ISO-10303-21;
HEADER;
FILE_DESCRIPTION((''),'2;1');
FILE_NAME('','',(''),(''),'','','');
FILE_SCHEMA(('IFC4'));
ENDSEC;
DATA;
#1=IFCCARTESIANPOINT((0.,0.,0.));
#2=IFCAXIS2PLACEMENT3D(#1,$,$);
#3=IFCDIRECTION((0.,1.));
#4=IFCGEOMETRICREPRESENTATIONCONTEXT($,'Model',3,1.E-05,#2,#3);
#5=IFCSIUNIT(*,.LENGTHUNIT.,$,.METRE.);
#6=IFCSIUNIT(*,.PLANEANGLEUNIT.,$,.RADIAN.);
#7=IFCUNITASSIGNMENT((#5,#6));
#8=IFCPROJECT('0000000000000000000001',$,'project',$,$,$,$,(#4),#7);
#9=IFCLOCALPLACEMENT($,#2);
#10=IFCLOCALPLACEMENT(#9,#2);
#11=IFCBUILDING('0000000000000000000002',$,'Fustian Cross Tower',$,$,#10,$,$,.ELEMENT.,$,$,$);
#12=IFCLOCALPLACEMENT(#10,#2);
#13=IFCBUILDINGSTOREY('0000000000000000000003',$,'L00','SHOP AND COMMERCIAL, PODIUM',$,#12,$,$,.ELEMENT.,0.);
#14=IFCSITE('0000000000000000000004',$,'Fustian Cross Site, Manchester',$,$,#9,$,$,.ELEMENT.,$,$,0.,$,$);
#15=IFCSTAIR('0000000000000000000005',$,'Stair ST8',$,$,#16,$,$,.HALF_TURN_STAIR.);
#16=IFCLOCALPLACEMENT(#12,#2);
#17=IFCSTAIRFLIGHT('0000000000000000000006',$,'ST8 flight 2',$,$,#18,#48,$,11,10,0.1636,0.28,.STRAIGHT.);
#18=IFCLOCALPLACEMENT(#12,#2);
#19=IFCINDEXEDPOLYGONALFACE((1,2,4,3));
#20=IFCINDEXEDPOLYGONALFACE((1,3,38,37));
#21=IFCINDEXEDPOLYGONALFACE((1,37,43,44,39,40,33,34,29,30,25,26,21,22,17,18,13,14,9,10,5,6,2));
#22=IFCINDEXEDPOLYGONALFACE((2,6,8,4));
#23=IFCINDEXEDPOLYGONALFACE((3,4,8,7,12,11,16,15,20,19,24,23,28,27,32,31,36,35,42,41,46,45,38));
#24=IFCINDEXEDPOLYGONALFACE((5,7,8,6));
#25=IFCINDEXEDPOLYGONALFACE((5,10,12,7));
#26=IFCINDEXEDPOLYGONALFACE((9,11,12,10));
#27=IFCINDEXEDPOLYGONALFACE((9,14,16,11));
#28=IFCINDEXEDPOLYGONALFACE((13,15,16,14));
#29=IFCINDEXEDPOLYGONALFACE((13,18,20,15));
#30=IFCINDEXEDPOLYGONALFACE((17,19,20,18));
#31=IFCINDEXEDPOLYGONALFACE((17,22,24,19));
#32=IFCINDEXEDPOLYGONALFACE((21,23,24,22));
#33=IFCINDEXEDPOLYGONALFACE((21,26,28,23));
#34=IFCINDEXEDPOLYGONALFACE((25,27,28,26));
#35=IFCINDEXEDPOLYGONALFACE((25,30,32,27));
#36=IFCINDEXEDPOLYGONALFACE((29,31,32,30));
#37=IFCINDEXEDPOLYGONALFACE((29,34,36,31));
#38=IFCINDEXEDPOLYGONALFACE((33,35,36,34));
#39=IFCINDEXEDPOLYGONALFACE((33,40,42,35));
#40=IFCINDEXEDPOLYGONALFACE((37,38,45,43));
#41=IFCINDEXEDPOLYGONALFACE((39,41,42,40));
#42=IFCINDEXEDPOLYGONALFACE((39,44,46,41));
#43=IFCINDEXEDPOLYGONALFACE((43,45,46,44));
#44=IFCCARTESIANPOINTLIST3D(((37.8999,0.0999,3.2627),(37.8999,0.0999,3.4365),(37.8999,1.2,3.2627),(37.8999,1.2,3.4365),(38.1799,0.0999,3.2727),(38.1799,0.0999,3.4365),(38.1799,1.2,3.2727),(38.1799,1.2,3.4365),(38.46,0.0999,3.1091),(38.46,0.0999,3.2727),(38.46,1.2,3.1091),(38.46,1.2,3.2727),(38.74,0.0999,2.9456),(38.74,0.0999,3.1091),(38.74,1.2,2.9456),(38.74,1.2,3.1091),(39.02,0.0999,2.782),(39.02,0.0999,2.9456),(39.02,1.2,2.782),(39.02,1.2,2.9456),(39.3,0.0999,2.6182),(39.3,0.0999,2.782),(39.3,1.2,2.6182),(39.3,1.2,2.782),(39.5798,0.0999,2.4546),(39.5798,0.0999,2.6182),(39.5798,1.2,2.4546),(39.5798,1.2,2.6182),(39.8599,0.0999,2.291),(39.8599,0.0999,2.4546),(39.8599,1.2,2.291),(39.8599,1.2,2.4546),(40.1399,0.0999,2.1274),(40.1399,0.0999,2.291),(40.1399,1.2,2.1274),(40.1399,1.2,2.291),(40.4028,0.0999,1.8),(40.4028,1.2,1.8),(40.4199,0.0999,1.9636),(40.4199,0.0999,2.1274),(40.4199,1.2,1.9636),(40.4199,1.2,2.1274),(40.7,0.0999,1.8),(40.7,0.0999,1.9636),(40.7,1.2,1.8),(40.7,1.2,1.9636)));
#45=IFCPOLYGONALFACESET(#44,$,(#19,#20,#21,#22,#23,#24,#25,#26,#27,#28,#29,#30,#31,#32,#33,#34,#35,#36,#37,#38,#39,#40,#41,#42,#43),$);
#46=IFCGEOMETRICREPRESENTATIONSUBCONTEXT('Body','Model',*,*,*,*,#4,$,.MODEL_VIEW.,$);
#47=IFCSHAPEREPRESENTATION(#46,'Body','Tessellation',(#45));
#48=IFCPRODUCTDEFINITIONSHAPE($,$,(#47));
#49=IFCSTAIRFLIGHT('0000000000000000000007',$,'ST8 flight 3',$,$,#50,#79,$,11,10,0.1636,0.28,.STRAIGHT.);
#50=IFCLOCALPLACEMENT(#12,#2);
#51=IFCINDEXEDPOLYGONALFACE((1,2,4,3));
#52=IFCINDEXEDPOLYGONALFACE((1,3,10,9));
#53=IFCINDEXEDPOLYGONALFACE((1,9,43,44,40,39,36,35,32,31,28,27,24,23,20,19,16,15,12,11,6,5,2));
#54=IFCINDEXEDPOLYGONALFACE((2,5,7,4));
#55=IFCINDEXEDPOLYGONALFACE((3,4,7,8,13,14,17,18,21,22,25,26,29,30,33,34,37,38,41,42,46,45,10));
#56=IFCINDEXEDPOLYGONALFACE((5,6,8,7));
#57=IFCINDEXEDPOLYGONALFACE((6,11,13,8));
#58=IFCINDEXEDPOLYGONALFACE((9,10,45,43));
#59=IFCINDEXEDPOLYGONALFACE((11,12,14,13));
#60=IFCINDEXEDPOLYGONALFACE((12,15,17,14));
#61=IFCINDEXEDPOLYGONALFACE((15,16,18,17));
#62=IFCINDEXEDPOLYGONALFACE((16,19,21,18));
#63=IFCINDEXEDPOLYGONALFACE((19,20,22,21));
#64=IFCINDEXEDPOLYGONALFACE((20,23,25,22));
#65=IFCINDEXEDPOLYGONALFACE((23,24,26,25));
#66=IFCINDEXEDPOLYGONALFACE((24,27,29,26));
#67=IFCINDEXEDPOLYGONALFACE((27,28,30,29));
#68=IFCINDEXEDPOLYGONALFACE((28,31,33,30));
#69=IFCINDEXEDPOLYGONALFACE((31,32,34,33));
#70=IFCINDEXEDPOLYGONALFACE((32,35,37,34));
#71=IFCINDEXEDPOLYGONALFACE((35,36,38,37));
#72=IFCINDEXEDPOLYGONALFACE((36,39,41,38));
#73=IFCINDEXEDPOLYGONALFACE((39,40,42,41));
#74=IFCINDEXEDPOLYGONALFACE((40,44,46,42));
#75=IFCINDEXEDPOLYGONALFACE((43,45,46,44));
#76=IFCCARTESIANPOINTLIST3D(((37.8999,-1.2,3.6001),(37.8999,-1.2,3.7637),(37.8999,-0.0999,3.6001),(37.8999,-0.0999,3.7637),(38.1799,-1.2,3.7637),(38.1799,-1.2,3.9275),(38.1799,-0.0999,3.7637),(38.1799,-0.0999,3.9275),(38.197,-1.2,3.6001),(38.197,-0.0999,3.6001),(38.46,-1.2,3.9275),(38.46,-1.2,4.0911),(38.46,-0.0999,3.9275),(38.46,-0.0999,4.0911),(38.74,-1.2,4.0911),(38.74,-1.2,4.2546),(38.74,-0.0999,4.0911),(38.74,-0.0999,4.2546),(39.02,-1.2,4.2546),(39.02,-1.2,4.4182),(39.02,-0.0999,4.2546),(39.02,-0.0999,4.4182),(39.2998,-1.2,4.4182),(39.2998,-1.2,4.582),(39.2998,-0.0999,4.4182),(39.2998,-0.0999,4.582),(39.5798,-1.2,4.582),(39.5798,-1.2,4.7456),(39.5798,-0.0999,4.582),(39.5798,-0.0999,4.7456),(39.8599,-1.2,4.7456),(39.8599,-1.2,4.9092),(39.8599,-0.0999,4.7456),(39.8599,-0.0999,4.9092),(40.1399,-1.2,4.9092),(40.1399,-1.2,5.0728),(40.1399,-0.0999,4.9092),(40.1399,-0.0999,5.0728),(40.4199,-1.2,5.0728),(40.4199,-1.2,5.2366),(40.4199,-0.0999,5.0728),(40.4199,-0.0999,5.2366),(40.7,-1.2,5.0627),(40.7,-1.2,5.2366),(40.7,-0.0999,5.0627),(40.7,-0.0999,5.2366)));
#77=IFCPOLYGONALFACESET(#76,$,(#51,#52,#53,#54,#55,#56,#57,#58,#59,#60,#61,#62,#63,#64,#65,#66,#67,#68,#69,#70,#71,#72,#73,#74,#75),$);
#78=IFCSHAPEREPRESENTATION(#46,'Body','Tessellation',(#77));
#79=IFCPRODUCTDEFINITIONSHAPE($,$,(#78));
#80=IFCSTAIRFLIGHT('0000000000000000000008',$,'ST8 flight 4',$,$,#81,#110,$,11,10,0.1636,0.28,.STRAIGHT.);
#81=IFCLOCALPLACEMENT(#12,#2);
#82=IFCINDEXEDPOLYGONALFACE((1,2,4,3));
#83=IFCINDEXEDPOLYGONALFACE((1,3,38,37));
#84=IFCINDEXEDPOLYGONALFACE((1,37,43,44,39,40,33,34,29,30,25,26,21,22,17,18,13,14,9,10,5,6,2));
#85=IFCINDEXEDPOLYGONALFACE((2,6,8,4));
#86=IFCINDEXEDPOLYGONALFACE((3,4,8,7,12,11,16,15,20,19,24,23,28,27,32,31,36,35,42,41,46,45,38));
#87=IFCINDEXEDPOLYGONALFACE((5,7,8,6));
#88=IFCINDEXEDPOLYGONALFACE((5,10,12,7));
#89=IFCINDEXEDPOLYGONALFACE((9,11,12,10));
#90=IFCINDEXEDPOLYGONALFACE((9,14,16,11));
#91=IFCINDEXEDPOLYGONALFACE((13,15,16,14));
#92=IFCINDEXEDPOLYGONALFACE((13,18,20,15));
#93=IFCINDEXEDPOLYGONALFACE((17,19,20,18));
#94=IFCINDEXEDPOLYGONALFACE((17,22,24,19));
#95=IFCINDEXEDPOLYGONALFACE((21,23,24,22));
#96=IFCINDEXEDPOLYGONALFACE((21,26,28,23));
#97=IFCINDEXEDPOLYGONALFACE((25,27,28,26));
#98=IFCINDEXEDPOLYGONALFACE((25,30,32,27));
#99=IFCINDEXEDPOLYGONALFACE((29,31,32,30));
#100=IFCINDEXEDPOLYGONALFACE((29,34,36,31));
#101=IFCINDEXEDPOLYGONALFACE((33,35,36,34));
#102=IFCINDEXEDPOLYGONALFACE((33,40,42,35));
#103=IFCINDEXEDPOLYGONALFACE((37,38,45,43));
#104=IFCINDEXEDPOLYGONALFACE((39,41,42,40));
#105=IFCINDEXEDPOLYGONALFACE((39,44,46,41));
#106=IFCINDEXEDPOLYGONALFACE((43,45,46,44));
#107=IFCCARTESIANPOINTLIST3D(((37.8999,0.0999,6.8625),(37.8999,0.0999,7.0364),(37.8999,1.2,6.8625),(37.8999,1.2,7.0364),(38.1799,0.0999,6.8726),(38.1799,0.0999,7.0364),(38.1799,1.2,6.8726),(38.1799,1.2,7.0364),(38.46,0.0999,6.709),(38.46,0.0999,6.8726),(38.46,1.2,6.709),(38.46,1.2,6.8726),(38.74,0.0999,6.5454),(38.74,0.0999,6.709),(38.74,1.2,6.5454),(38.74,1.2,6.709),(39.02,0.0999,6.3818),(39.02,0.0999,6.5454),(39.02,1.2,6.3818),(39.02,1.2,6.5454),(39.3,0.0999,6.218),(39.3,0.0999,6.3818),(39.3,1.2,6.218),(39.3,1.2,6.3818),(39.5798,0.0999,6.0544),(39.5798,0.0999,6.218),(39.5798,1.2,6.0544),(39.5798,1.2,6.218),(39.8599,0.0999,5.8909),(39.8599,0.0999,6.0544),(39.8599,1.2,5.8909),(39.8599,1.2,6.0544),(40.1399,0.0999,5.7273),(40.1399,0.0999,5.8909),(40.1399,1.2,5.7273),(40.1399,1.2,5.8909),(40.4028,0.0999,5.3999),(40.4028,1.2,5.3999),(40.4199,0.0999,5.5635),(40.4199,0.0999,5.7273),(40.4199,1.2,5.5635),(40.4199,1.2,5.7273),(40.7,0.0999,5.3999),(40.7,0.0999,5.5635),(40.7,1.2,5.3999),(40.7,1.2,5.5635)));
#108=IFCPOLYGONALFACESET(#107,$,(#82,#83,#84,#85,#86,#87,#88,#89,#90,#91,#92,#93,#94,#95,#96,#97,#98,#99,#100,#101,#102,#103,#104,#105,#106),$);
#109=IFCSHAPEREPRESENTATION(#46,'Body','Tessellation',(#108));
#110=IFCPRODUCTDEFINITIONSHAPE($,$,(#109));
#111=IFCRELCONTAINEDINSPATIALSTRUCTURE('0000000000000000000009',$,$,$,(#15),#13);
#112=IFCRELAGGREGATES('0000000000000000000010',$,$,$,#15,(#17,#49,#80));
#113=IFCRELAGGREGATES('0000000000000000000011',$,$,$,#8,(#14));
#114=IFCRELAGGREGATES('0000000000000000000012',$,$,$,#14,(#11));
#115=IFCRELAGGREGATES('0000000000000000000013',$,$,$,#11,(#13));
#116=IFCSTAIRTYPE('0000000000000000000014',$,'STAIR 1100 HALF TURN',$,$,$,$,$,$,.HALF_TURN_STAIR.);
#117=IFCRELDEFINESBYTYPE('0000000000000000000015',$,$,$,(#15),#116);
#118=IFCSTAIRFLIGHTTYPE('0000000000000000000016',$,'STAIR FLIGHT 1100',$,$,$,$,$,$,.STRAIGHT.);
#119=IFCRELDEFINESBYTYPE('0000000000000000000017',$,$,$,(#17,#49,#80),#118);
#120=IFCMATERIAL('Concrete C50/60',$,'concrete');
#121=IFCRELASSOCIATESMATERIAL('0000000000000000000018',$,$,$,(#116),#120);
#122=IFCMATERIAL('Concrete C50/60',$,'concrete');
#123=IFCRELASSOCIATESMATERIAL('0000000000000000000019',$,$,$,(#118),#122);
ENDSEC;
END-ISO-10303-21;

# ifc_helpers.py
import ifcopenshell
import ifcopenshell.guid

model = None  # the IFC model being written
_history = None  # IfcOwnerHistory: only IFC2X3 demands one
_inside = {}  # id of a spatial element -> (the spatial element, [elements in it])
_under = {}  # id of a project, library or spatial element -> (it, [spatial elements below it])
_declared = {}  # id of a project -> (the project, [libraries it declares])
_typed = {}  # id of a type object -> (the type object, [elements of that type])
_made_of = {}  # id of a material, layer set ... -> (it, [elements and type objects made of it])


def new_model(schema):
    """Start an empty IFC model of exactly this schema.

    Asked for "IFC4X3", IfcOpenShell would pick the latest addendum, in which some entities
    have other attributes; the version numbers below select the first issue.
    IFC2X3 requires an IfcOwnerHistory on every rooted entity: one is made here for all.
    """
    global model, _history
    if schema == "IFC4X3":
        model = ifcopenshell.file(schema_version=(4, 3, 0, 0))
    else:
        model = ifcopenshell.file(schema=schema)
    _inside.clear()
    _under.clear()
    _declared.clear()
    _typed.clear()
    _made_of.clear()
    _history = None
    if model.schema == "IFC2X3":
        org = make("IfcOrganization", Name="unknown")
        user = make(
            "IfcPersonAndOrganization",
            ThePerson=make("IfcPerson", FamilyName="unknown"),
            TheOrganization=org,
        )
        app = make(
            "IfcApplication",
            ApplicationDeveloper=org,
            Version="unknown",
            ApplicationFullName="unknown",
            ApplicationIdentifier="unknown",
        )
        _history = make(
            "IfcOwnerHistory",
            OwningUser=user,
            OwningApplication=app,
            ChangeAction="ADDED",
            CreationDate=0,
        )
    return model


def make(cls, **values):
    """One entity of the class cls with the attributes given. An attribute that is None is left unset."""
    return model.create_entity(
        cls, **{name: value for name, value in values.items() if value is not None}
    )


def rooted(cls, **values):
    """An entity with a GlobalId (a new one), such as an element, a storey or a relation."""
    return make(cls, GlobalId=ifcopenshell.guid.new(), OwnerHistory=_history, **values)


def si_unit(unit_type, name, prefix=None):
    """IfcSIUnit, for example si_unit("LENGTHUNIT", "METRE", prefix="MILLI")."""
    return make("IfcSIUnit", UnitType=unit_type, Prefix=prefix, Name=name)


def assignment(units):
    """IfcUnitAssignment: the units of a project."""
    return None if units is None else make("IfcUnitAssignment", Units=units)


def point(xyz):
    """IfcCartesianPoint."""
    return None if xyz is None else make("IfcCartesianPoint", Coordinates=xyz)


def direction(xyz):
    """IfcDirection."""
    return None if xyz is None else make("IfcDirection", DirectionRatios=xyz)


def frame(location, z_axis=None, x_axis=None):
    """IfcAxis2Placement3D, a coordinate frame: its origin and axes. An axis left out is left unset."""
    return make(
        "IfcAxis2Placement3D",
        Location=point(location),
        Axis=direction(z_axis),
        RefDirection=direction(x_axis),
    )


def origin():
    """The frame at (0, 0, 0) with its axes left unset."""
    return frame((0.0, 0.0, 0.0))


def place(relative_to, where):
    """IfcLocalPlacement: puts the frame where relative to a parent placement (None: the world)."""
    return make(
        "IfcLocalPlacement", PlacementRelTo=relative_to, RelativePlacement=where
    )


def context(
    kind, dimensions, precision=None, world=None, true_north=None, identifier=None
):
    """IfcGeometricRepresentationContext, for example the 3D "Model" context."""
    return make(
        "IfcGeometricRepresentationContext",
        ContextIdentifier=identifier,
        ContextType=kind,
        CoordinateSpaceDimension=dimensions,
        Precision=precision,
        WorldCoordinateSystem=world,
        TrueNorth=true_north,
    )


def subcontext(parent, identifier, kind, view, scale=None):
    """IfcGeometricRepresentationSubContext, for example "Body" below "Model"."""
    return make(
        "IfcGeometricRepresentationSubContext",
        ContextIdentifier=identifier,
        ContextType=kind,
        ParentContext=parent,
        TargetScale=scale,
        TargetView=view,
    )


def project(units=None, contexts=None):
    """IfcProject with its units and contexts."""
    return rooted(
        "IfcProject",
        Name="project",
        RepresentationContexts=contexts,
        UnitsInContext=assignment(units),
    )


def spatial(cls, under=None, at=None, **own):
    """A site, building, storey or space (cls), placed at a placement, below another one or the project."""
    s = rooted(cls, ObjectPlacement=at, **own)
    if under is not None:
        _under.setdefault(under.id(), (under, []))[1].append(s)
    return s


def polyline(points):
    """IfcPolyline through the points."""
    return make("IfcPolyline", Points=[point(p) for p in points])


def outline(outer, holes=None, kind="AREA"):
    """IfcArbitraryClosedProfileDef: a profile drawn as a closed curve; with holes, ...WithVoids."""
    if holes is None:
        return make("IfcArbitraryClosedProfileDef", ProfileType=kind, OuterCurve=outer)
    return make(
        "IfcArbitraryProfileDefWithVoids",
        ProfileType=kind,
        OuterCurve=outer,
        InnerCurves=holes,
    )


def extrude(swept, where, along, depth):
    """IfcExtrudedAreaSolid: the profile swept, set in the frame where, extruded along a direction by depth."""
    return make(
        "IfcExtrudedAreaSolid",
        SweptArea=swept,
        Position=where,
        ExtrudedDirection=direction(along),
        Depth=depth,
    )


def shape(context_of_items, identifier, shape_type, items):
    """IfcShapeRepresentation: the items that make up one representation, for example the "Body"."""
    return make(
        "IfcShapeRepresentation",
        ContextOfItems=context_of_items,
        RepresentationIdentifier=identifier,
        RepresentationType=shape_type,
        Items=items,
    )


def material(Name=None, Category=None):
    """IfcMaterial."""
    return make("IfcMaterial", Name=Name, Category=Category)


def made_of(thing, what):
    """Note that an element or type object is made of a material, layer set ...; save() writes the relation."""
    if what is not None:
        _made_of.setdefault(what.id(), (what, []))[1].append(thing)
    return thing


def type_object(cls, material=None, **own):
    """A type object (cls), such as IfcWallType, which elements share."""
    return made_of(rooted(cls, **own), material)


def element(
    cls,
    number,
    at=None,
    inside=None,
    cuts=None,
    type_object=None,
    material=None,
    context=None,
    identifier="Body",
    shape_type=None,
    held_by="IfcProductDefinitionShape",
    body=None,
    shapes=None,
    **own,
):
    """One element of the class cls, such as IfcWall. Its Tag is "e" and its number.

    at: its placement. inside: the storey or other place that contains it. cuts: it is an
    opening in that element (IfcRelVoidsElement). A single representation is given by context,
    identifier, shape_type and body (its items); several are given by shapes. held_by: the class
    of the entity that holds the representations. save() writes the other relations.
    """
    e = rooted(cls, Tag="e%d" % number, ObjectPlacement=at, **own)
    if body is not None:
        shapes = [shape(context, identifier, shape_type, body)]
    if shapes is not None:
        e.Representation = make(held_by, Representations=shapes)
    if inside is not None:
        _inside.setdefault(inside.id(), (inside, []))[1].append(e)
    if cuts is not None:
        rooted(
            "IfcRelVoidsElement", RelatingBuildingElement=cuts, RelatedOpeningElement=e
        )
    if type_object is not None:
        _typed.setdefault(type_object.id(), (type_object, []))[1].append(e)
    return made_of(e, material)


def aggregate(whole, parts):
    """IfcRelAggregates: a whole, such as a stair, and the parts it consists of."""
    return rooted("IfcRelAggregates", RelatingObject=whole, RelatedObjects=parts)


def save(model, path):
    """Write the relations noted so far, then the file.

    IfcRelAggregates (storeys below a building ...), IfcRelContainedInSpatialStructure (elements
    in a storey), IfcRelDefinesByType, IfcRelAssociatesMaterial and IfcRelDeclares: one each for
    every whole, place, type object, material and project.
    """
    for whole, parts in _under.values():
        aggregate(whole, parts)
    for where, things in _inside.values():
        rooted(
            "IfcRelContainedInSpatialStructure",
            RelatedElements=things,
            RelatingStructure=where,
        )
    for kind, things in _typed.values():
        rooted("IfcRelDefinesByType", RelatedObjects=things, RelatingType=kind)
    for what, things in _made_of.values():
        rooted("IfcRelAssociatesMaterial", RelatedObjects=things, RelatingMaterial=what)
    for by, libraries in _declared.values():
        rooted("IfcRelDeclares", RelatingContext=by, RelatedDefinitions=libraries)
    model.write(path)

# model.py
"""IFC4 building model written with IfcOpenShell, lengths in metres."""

from ifc_helpers import new_model, si_unit, direction, frame, origin, place, context, subcontext, project, spatial, polyline, outline, extrude, material, type_object, element, aggregate, save


model = new_model("IFC4")

# Units and contexts
model_context = context("Model", 3, precision=1e-05, world=origin(), true_north=direction((0.0, 1.0)))
body_context = subcontext(model_context, "Body", "Model", "MODEL_VIEW")
ifc_project = project(units=[si_unit("LENGTHUNIT", "METRE"), si_unit("PLANEANGLEUNIT", "RADIAN")], contexts=[model_context])

# Site, building, storey
site_placement = place(None, origin())
site = spatial("IfcSite", under=ifc_project, at=site_placement, Name="Fustian Cross Site, Manchester", CompositionType="ELEMENT", RefElevation=0.0)
building_placement = place(site_placement, origin())
building = spatial("IfcBuilding", under=site, at=building_placement, Name="Fustian Cross Tower", CompositionType="ELEMENT")
storey_placement = place(building_placement, origin())
storey = spatial("IfcBuildingStorey", under=building, at=storey_placement, Name="L00", Description="SHOP AND COMMERCIAL, PODIUM", CompositionType="ELEMENT", Elevation=0.0)

# Stair, stair flights
ifc_material_1 = material(Name="Concrete C50/60", Category="concrete")
stair_type = type_object("IfcStairType", Name="STAIR 1100 HALF TURN", PredefinedType="HALF_TURN_STAIR", material=ifc_material_1)
stair_placement = place(storey_placement, origin())
stair = element("IfcStair", 1, at=stair_placement, inside=storey, type_object=stair_type, Name="Stair ST8", PredefinedType="HALF_TURN_STAIR")
ifc_material_2 = material(Name="Concrete C50/60", Category="concrete")
stair_flight_type = type_object("IfcStairFlightType", Name="STAIR FLIGHT 1100", PredefinedType="STRAIGHT", material=ifc_material_2)
stair_flight_1_placement = place(storey_placement, frame((40.7, 0.6499, 1.8), z_axis=(0.0, 0.0, 1.0), x_axis=(-1.0, 0.0, 0.0)))
stair_flight_1 = element("IfcStairFlight", 2, at=stair_flight_1_placement, type_object=stair_flight_type, Name="ST8 flight 2", NumberOfRisers=11, NumberOfTreads=10, PredefinedType="STRAIGHT", RiserHeight=0.1636, TreadLength=0.28, context=body_context, shape_type="SweptSolid", body=[
    extrude(outline(polyline([(0.0, 0.0), (0.0, 0.1636), (0.28, 0.1636), (0.28, 0.3274), (0.5601, 0.3274), (0.5601, 0.491), (0.8401, 0.491), (0.8401, 0.6545), (1.1201, 0.6545), (1.1201, 0.8181), (1.3999, 0.8181), (1.3999, 0.9819), (1.6799, 0.9819), (1.6799, 1.1455), (1.96, 1.1455), (1.96, 1.3091), (2.24, 1.3091), (2.24, 1.4727), (2.52, 1.4727), (2.52, 1.6365), (2.8, 1.6365), (2.8, 1.8), (2.8, 1.4626), (0.2971, 0.0), (0.0, 0.0)])), frame((0.0, 0.55, 0.0), z_axis=(0.0, -1.0, 0.0), x_axis=(1.0, 0.0, 0.0)), (0.0, 0.0, 1.0), 1.1001),
])
stair_flight_2_placement = place(storey_placement, frame((37.8999, -0.6499, 3.6001), z_axis=(0.0, 0.0, 1.0), x_axis=(1.0, 0.0, 0.0)))
stair_flight_2 = element("IfcStairFlight", 3, at=stair_flight_2_placement, type_object=stair_flight_type, Name="ST8 flight 3", NumberOfRisers=11, NumberOfTreads=10, PredefinedType="STRAIGHT", RiserHeight=0.1636, TreadLength=0.28, context=body_context, shape_type="SweptSolid", body=[
    extrude(outline(polyline([(0.0, 0.0), (0.0, 0.1636), (0.28, 0.1636), (0.28, 0.3274), (0.5601, 0.3274), (0.5601, 0.491), (0.8401, 0.491), (0.8401, 0.6545), (1.1201, 0.6545), (1.1201, 0.8181), (1.3999, 0.8181), (1.3999, 0.9819), (1.6799, 0.9819), (1.6799, 1.1455), (1.96, 1.1455), (1.96, 1.3091), (2.24, 1.3091), (2.24, 1.4727), (2.52, 1.4727), (2.52, 1.6365), (2.8, 1.6365), (2.8, 1.8), (2.8, 1.4626), (0.2971, 0.0), (0.0, 0.0)])), frame((0.0, 0.55, 0.0), z_axis=(0.0, -1.0, 0.0), x_axis=(1.0, 0.0, 0.0)), (0.0, 0.0, 1.0), 1.1001),
])
stair_flight_3_placement = place(storey_placement, frame((40.7, 0.6499, 5.3999), z_axis=(0.0, 0.0, 1.0), x_axis=(-1.0, 0.0, 0.0)))
stair_flight_3 = element("IfcStairFlight", 4, at=stair_flight_3_placement, type_object=stair_flight_type, Name="ST8 flight 4", NumberOfRisers=11, NumberOfTreads=10, PredefinedType="STRAIGHT", RiserHeight=0.1636, TreadLength=0.28, context=body_context, shape_type="SweptSolid", body=[
    extrude(outline(polyline([(0.0, 0.0), (0.0, 0.1636), (0.28, 0.1636), (0.28, 0.3274), (0.5601, 0.3274), (0.5601, 0.491), (0.8401, 0.491), (0.8401, 0.6545), (1.1201, 0.6545), (1.1201, 0.8181), (1.3999, 0.8181), (1.3999, 0.9819), (1.6799, 0.9819), (1.6799, 1.1455), (1.96, 1.1455), (1.96, 1.3091), (2.24, 1.3091), (2.24, 1.4727), (2.52, 1.4727), (2.52, 1.6365), (2.8, 1.6365), (2.8, 1.8), (2.8, 1.4626), (0.2971, 0.0), (0.0, 0.0)])), frame((0.0, 0.55, 0.0), z_axis=(0.0, -1.0, 0.0), x_axis=(1.0, 0.0, 0.0)), (0.0, 0.0, 1.0), 1.1001),
])
aggregate(stair, [stair_flight_1, stair_flight_2, stair_flight_3])

save(model, "model.ifc")
